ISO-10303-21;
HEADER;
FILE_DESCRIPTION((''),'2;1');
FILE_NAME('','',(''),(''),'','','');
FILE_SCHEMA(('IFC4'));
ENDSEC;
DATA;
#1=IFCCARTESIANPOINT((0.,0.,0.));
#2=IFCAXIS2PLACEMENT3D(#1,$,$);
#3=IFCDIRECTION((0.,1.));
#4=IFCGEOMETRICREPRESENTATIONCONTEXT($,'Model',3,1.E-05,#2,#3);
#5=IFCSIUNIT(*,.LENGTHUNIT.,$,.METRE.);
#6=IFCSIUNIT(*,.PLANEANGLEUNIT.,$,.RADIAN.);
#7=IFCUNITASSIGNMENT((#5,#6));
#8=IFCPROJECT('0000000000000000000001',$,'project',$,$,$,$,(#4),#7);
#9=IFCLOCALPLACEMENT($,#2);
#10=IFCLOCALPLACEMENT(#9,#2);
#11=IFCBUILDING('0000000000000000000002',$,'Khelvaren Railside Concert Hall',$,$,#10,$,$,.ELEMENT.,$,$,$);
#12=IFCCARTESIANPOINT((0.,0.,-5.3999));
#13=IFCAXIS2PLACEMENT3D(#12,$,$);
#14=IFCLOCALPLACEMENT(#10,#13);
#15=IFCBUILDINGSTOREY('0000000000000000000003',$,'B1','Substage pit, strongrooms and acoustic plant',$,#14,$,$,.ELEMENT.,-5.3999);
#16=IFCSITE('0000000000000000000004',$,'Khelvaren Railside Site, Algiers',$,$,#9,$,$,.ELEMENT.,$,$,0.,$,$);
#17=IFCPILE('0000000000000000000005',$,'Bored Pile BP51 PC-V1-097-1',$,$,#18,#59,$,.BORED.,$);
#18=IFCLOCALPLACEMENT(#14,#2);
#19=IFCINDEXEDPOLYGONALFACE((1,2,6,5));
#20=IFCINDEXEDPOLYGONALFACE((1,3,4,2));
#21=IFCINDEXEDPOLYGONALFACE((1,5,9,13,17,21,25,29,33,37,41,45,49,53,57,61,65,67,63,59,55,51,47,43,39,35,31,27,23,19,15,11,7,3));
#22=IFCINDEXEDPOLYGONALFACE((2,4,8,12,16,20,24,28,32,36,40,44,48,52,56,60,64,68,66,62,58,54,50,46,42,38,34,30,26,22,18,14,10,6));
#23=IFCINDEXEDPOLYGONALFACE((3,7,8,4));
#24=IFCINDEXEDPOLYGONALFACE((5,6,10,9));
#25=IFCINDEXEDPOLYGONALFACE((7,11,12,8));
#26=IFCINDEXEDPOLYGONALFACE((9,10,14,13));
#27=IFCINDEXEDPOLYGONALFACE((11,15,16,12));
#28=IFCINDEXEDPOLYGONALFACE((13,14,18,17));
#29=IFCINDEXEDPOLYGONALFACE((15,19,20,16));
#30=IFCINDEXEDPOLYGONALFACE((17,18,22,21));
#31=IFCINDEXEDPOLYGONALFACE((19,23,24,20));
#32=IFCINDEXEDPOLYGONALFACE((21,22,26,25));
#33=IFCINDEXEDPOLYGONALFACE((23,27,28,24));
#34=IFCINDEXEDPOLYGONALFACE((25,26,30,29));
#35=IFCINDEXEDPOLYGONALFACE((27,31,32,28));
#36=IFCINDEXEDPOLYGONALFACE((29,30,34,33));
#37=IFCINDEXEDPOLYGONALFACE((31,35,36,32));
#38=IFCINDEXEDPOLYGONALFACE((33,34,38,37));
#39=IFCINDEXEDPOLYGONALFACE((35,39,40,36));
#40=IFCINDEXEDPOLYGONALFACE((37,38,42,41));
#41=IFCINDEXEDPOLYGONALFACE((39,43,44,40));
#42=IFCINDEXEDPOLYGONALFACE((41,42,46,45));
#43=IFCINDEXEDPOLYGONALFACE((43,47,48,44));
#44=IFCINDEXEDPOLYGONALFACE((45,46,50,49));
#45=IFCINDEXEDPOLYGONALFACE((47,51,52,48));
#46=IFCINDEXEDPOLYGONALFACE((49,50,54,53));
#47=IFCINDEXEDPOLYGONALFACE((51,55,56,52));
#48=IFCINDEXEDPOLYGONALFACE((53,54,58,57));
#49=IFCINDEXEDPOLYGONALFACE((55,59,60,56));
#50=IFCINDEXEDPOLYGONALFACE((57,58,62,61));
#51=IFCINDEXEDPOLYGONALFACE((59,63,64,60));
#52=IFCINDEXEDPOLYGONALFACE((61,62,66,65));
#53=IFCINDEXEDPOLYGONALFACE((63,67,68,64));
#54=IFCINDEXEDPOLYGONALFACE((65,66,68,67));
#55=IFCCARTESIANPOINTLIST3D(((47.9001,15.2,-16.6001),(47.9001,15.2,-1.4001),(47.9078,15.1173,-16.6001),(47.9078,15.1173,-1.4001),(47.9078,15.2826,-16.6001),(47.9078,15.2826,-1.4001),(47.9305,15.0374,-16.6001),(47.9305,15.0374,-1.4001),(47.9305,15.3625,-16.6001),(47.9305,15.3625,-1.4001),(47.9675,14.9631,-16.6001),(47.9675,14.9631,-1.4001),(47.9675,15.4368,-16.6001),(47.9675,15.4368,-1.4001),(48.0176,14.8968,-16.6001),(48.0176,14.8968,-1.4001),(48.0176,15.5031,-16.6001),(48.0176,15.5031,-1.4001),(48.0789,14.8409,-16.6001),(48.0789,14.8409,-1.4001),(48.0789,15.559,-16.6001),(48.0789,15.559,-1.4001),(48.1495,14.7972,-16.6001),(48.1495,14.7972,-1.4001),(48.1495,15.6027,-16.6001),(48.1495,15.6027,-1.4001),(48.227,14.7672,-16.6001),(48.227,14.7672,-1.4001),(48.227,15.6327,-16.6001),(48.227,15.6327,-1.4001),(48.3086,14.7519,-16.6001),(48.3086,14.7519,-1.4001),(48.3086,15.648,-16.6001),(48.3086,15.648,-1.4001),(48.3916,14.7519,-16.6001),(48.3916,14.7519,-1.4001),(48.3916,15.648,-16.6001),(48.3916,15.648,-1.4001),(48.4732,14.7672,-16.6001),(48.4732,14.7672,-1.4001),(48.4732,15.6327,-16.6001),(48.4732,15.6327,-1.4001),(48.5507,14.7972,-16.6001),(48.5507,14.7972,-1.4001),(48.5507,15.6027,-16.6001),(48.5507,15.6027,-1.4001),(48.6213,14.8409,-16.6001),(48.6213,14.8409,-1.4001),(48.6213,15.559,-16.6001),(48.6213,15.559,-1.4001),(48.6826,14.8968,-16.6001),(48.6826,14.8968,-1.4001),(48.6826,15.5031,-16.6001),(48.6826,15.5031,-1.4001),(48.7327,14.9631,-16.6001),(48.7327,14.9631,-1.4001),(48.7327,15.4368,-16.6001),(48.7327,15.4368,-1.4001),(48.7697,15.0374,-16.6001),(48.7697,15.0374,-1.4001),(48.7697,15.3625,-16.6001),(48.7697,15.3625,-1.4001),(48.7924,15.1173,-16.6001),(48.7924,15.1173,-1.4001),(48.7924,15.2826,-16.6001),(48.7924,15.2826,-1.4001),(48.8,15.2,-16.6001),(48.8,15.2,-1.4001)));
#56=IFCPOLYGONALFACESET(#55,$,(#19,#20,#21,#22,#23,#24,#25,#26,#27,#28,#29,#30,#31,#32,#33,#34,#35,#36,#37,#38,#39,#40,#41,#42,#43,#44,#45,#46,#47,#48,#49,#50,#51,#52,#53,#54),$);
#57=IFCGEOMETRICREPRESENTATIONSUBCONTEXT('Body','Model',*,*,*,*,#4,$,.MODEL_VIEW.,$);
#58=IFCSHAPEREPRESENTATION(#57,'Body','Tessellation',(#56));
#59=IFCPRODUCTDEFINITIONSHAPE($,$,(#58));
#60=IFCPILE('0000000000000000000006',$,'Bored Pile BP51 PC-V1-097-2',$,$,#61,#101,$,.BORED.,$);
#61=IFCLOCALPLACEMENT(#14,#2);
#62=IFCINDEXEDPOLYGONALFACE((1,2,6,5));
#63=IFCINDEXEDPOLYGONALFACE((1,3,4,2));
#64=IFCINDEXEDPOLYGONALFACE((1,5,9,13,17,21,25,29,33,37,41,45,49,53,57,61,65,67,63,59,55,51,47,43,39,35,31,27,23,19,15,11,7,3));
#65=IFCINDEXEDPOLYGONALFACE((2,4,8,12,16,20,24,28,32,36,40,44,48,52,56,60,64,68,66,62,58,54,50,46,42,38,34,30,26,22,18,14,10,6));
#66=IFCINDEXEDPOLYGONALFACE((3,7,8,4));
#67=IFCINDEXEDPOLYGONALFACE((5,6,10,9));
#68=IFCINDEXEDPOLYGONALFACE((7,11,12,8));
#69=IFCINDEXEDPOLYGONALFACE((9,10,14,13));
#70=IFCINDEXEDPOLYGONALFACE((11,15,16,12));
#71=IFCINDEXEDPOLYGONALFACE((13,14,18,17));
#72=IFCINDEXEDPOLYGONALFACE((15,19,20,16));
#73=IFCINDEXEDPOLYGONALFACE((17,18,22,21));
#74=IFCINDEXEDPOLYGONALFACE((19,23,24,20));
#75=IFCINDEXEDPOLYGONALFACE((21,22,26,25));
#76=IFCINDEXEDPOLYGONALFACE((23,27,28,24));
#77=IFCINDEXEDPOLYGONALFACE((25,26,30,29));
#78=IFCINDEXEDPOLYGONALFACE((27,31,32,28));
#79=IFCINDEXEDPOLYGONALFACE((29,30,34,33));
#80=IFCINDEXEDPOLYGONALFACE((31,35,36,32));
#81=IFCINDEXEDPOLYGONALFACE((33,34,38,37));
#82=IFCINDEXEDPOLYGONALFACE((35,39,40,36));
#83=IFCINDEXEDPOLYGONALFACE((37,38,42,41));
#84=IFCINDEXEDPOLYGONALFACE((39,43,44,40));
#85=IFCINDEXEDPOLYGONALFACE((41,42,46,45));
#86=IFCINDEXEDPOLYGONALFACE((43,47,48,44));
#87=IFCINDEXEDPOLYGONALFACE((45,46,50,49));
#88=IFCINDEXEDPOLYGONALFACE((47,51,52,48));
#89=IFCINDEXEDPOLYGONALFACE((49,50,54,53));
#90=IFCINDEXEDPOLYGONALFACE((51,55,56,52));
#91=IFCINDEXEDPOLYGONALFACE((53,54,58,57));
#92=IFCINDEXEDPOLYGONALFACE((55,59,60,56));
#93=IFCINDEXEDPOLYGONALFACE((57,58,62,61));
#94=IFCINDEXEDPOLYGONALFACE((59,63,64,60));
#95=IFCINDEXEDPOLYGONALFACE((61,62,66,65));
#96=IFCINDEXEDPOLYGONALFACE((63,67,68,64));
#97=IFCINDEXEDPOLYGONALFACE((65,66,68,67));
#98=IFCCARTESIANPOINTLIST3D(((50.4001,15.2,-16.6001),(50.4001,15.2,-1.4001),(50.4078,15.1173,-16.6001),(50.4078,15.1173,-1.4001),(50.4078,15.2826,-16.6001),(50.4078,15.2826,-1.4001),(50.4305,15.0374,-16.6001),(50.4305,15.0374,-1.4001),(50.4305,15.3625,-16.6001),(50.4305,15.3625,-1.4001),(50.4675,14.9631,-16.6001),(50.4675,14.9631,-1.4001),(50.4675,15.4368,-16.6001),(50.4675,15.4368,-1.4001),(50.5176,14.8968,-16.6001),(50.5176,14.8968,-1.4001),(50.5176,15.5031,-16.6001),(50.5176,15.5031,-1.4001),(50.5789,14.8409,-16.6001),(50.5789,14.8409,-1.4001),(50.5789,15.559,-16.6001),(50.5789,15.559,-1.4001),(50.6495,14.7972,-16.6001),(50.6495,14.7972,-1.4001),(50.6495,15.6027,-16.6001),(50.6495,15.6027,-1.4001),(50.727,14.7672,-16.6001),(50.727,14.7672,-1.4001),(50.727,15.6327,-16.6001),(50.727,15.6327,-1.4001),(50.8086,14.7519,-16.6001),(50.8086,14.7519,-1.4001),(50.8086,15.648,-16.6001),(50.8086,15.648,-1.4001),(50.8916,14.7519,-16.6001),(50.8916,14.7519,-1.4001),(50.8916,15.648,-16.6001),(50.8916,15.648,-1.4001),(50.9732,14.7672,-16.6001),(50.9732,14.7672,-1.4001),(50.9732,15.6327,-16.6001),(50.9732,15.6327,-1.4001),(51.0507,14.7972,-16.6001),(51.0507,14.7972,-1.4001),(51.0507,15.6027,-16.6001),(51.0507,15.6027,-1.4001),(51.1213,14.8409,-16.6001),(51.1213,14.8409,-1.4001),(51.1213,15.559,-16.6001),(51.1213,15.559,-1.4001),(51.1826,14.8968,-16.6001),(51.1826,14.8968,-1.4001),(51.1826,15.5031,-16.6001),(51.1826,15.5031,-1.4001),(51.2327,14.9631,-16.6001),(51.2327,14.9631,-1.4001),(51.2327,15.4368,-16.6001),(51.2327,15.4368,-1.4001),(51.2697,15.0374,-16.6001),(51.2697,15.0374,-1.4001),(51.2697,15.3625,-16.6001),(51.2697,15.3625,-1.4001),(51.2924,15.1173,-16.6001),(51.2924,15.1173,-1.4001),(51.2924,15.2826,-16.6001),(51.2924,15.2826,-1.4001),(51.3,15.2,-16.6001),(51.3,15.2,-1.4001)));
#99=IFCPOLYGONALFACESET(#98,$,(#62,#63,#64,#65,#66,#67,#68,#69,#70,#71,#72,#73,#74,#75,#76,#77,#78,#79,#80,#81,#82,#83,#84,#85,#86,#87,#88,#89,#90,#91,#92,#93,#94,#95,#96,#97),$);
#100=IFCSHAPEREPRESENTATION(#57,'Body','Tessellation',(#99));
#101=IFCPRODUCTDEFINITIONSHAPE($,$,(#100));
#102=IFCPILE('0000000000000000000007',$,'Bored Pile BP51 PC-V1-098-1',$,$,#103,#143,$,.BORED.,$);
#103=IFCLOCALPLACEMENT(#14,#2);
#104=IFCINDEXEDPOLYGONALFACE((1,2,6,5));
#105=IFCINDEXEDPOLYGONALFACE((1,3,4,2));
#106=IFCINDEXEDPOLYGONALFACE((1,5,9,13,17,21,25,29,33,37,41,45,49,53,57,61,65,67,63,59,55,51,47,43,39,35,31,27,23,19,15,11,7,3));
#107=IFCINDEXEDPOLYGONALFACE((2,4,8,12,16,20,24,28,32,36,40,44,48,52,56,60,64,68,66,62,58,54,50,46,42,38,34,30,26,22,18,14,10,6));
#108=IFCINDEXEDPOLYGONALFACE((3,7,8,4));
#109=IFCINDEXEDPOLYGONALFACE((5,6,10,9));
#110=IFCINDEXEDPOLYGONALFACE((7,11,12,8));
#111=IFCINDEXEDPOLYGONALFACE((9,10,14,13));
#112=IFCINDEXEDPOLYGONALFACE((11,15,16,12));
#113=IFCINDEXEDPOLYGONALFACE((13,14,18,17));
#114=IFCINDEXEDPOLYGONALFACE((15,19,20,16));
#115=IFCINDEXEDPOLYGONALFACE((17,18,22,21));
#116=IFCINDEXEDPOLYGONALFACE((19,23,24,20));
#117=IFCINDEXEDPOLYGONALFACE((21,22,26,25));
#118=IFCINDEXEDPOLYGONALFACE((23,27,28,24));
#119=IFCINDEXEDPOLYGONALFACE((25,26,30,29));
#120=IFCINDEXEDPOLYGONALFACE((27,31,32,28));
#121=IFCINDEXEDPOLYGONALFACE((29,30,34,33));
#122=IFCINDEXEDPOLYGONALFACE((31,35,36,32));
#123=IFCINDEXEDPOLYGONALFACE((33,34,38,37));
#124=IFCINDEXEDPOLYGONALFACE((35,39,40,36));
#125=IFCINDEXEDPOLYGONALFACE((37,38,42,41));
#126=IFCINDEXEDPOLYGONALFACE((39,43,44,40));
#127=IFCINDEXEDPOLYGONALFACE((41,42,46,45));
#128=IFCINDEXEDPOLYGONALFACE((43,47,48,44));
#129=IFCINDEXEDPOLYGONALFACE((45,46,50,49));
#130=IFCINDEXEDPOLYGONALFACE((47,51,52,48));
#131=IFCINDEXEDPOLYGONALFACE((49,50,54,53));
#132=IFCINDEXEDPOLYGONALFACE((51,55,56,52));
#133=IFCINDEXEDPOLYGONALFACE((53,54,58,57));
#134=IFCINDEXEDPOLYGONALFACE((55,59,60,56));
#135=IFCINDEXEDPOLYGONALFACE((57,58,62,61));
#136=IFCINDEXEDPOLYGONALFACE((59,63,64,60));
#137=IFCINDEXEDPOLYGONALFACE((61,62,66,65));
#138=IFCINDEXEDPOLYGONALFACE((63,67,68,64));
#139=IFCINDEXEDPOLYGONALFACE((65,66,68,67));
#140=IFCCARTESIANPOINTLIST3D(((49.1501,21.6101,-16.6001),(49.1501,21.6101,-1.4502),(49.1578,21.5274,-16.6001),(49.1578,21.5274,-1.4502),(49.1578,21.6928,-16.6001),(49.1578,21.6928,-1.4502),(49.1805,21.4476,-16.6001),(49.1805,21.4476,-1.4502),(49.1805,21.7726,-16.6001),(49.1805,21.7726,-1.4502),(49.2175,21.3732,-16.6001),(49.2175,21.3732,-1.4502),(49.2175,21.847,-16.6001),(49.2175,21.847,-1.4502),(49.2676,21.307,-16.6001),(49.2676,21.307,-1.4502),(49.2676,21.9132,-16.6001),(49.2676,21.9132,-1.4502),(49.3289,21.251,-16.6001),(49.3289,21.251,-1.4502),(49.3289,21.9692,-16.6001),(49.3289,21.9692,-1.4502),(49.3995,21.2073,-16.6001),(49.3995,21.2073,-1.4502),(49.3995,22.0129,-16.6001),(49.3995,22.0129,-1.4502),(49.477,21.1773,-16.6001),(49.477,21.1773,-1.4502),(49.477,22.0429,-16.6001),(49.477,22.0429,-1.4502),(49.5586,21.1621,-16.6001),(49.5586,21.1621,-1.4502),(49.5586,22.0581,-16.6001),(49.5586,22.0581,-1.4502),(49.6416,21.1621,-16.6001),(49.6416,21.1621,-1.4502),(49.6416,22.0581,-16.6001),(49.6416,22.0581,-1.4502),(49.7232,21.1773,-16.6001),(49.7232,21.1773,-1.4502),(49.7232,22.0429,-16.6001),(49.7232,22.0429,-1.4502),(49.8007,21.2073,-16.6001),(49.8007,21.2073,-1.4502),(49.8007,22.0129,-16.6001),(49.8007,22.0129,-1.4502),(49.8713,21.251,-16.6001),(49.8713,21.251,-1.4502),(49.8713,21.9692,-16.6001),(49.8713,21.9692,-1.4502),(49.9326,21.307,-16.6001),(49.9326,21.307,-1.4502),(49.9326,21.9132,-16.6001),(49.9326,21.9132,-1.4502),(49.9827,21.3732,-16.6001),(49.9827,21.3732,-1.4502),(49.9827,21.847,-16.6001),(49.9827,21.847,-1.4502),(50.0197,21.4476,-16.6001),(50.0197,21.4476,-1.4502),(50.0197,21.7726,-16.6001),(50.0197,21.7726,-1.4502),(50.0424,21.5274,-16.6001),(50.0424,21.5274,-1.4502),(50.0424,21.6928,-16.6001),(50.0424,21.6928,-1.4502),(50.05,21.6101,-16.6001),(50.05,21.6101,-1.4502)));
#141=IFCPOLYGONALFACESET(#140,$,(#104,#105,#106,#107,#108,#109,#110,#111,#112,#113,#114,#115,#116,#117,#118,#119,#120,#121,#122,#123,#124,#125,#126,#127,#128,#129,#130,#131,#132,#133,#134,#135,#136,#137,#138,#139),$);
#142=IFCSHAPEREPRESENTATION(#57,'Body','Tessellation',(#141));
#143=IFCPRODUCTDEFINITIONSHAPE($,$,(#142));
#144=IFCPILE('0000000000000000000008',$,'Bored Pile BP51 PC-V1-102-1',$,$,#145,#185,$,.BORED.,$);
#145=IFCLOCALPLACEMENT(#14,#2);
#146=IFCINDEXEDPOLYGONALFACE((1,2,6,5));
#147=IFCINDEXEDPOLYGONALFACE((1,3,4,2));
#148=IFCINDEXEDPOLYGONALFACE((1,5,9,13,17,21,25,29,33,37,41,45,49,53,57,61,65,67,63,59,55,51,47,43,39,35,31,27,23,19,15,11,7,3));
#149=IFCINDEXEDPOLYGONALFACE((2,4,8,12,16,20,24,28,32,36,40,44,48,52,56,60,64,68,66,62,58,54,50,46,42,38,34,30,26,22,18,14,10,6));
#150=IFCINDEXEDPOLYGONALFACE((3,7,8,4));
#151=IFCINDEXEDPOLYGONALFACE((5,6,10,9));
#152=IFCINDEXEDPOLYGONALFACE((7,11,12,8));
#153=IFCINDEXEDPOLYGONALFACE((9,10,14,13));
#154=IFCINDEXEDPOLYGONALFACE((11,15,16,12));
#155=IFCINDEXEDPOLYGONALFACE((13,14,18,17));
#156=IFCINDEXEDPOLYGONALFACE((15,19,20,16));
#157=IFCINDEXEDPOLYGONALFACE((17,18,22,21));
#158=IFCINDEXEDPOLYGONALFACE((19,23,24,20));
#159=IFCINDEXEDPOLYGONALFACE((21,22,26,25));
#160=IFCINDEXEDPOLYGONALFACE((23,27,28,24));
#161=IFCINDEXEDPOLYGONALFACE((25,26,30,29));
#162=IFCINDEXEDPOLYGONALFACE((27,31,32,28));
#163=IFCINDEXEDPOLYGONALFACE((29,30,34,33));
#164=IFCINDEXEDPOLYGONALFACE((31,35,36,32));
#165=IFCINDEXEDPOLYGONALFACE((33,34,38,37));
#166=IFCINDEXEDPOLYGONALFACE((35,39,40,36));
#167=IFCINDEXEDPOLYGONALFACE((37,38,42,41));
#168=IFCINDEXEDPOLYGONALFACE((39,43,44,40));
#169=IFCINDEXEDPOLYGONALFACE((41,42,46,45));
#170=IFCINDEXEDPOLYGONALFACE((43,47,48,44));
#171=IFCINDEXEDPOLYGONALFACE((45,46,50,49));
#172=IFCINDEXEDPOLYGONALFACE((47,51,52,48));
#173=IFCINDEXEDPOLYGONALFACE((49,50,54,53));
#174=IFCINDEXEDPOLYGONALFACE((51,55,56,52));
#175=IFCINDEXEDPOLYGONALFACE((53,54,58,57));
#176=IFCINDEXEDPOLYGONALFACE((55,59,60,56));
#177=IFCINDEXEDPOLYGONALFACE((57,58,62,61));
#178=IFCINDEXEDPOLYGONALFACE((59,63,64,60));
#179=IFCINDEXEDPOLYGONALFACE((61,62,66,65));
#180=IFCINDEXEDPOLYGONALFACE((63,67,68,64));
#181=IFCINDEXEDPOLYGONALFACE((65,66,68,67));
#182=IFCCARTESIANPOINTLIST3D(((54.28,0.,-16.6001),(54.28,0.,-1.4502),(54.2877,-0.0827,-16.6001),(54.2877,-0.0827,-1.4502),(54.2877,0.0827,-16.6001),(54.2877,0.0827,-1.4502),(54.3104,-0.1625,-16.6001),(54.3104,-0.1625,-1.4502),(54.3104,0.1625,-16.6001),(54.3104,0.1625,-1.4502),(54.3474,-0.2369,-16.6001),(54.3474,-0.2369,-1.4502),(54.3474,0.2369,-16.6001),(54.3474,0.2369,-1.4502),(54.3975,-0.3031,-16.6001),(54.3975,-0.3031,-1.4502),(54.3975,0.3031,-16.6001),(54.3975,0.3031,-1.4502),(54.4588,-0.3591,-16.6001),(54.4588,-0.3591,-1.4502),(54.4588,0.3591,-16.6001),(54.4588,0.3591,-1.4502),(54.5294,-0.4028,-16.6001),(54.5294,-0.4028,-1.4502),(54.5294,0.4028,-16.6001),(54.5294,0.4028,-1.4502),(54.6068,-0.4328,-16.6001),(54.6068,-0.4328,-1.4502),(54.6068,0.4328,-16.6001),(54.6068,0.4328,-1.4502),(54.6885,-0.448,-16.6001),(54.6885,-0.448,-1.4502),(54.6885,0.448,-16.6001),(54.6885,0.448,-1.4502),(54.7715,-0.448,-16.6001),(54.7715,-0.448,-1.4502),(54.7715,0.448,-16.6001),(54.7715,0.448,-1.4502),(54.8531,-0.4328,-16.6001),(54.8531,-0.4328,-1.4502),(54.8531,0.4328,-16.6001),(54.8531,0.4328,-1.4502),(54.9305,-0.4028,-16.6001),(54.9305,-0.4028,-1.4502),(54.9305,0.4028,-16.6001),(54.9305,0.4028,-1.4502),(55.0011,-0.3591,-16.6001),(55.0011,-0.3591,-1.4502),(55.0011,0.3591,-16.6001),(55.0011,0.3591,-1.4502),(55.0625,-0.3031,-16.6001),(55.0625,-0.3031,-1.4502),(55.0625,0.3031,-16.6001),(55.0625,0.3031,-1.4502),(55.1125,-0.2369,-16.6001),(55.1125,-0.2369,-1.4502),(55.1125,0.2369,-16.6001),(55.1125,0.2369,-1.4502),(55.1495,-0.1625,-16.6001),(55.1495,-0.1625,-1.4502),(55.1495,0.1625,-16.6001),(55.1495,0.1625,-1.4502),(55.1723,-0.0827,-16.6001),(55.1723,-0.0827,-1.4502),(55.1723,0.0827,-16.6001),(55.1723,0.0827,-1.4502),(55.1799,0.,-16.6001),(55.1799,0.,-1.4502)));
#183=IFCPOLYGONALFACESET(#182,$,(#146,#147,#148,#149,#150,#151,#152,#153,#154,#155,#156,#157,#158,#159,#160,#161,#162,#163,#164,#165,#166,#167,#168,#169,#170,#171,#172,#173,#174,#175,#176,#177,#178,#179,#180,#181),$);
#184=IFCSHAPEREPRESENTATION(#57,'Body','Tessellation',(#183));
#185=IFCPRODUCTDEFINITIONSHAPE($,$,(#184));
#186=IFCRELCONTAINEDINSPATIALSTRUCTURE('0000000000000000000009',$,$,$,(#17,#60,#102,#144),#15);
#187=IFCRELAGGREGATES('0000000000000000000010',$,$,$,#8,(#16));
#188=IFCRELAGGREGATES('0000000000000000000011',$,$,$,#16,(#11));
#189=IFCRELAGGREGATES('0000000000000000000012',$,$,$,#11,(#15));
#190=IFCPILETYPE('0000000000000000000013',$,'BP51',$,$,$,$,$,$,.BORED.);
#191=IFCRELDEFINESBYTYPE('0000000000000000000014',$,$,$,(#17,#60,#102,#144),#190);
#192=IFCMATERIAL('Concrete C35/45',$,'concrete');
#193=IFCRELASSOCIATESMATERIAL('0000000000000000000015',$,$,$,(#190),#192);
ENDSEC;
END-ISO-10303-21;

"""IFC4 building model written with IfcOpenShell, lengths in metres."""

from ifc_helpers import new_model, si_unit, direction, frame, origin, origin_2d, place, context, subcontext, project, spatial, circle, extrude, material, material_profile, profile_set, type_object, element, save


model = new_model("IFC4")

# Units and contexts
model_context = context("Model", 3, precision=1e-05, world=origin(), true_north=direction((0.0, 1.0)))
body_context = subcontext(model_context, "Body", "Model", "MODEL_VIEW")
ifc_project = project(units=[si_unit("LENGTHUNIT", "METRE"), si_unit("PLANEANGLEUNIT", "RADIAN")], contexts=[model_context])

# Site, building, storey
site_placement = place(None, origin())
site = spatial("IfcSite", under=ifc_project, at=site_placement, Name="Khelvaren Railside Site, Algiers", CompositionType="ELEMENT", RefElevation=0.0)
building_placement = place(site_placement, origin())
building = spatial("IfcBuilding", under=site, at=building_placement, Name="Khelvaren Railside Concert Hall", CompositionType="ELEMENT")
storey_placement = place(building_placement, frame((0.0, 0.0, -5.3999)))
storey = spatial("IfcBuildingStorey", under=building, at=storey_placement, Name="B1", Description="Substage pit, strongrooms and acoustic plant", CompositionType="ELEMENT", Elevation=-5.3999)

# Piles
ifc_material_1 = material(Name="Concrete C35/45", Category="concrete")
ifc_material_profile_1 = material_profile(ifc_material_1, circle(Radius=0.45, at=origin_2d()), Name="BP D900")
ifc_profile_set_1 = profile_set([ifc_material_profile_1], Name="Concrete C35/45")
pile_type_1 = type_object("IfcPileType", Name="BP51", PredefinedType="BORED", material=ifc_profile_set_1)
for number, where, z_axis, x_axis, name in (
    (1, (48.3501, 15.2, -1.4001), (0.0, 0.0, -1.0), (1.0, 0.0, 0.0), "Bored Pile BP51 PC-V1-097-1"),
    (2, (50.8501, 15.2, -1.4001), (0.0, 0.0, -1.0), (1.0, 0.0, 0.0), "Bored Pile BP51 PC-V1-097-2"),
):
    element("IfcPile", number, at=place(storey_placement, frame(where, z_axis=z_axis, x_axis=x_axis)), inside=storey, type_object=pile_type_1, Name=name, PredefinedType="BORED", context=body_context, shape_type="SweptSolid", body=[
        extrude(circle(Radius=0.45, at=origin_2d()), origin(), (0.0, 0.0, 1.0), 15.2),
    ])
for number, where, z_axis, x_axis, name in (
    (3, (49.6001, 21.6101, -1.4502), (0.0, 0.0, -1.0), (1.0, 0.0, 0.0), "Bored Pile BP51 PC-V1-098-1"),
    (4, (54.73, 0.0, -1.4502), (0.0, 0.0, -1.0), (1.0, 0.0, 0.0), "Bored Pile BP51 PC-V1-102-1"),
):
    element("IfcPile", number, at=place(storey_placement, frame(where, z_axis=z_axis, x_axis=x_axis)), inside=storey, type_object=pile_type_1, Name=name, PredefinedType="BORED", context=body_context, shape_type="SweptSolid", body=[
        extrude(circle(Radius=0.45, at=origin_2d()), origin(), (0.0, 0.0, 1.0), 15.1499),
    ])

save(model, "model.ifc")
